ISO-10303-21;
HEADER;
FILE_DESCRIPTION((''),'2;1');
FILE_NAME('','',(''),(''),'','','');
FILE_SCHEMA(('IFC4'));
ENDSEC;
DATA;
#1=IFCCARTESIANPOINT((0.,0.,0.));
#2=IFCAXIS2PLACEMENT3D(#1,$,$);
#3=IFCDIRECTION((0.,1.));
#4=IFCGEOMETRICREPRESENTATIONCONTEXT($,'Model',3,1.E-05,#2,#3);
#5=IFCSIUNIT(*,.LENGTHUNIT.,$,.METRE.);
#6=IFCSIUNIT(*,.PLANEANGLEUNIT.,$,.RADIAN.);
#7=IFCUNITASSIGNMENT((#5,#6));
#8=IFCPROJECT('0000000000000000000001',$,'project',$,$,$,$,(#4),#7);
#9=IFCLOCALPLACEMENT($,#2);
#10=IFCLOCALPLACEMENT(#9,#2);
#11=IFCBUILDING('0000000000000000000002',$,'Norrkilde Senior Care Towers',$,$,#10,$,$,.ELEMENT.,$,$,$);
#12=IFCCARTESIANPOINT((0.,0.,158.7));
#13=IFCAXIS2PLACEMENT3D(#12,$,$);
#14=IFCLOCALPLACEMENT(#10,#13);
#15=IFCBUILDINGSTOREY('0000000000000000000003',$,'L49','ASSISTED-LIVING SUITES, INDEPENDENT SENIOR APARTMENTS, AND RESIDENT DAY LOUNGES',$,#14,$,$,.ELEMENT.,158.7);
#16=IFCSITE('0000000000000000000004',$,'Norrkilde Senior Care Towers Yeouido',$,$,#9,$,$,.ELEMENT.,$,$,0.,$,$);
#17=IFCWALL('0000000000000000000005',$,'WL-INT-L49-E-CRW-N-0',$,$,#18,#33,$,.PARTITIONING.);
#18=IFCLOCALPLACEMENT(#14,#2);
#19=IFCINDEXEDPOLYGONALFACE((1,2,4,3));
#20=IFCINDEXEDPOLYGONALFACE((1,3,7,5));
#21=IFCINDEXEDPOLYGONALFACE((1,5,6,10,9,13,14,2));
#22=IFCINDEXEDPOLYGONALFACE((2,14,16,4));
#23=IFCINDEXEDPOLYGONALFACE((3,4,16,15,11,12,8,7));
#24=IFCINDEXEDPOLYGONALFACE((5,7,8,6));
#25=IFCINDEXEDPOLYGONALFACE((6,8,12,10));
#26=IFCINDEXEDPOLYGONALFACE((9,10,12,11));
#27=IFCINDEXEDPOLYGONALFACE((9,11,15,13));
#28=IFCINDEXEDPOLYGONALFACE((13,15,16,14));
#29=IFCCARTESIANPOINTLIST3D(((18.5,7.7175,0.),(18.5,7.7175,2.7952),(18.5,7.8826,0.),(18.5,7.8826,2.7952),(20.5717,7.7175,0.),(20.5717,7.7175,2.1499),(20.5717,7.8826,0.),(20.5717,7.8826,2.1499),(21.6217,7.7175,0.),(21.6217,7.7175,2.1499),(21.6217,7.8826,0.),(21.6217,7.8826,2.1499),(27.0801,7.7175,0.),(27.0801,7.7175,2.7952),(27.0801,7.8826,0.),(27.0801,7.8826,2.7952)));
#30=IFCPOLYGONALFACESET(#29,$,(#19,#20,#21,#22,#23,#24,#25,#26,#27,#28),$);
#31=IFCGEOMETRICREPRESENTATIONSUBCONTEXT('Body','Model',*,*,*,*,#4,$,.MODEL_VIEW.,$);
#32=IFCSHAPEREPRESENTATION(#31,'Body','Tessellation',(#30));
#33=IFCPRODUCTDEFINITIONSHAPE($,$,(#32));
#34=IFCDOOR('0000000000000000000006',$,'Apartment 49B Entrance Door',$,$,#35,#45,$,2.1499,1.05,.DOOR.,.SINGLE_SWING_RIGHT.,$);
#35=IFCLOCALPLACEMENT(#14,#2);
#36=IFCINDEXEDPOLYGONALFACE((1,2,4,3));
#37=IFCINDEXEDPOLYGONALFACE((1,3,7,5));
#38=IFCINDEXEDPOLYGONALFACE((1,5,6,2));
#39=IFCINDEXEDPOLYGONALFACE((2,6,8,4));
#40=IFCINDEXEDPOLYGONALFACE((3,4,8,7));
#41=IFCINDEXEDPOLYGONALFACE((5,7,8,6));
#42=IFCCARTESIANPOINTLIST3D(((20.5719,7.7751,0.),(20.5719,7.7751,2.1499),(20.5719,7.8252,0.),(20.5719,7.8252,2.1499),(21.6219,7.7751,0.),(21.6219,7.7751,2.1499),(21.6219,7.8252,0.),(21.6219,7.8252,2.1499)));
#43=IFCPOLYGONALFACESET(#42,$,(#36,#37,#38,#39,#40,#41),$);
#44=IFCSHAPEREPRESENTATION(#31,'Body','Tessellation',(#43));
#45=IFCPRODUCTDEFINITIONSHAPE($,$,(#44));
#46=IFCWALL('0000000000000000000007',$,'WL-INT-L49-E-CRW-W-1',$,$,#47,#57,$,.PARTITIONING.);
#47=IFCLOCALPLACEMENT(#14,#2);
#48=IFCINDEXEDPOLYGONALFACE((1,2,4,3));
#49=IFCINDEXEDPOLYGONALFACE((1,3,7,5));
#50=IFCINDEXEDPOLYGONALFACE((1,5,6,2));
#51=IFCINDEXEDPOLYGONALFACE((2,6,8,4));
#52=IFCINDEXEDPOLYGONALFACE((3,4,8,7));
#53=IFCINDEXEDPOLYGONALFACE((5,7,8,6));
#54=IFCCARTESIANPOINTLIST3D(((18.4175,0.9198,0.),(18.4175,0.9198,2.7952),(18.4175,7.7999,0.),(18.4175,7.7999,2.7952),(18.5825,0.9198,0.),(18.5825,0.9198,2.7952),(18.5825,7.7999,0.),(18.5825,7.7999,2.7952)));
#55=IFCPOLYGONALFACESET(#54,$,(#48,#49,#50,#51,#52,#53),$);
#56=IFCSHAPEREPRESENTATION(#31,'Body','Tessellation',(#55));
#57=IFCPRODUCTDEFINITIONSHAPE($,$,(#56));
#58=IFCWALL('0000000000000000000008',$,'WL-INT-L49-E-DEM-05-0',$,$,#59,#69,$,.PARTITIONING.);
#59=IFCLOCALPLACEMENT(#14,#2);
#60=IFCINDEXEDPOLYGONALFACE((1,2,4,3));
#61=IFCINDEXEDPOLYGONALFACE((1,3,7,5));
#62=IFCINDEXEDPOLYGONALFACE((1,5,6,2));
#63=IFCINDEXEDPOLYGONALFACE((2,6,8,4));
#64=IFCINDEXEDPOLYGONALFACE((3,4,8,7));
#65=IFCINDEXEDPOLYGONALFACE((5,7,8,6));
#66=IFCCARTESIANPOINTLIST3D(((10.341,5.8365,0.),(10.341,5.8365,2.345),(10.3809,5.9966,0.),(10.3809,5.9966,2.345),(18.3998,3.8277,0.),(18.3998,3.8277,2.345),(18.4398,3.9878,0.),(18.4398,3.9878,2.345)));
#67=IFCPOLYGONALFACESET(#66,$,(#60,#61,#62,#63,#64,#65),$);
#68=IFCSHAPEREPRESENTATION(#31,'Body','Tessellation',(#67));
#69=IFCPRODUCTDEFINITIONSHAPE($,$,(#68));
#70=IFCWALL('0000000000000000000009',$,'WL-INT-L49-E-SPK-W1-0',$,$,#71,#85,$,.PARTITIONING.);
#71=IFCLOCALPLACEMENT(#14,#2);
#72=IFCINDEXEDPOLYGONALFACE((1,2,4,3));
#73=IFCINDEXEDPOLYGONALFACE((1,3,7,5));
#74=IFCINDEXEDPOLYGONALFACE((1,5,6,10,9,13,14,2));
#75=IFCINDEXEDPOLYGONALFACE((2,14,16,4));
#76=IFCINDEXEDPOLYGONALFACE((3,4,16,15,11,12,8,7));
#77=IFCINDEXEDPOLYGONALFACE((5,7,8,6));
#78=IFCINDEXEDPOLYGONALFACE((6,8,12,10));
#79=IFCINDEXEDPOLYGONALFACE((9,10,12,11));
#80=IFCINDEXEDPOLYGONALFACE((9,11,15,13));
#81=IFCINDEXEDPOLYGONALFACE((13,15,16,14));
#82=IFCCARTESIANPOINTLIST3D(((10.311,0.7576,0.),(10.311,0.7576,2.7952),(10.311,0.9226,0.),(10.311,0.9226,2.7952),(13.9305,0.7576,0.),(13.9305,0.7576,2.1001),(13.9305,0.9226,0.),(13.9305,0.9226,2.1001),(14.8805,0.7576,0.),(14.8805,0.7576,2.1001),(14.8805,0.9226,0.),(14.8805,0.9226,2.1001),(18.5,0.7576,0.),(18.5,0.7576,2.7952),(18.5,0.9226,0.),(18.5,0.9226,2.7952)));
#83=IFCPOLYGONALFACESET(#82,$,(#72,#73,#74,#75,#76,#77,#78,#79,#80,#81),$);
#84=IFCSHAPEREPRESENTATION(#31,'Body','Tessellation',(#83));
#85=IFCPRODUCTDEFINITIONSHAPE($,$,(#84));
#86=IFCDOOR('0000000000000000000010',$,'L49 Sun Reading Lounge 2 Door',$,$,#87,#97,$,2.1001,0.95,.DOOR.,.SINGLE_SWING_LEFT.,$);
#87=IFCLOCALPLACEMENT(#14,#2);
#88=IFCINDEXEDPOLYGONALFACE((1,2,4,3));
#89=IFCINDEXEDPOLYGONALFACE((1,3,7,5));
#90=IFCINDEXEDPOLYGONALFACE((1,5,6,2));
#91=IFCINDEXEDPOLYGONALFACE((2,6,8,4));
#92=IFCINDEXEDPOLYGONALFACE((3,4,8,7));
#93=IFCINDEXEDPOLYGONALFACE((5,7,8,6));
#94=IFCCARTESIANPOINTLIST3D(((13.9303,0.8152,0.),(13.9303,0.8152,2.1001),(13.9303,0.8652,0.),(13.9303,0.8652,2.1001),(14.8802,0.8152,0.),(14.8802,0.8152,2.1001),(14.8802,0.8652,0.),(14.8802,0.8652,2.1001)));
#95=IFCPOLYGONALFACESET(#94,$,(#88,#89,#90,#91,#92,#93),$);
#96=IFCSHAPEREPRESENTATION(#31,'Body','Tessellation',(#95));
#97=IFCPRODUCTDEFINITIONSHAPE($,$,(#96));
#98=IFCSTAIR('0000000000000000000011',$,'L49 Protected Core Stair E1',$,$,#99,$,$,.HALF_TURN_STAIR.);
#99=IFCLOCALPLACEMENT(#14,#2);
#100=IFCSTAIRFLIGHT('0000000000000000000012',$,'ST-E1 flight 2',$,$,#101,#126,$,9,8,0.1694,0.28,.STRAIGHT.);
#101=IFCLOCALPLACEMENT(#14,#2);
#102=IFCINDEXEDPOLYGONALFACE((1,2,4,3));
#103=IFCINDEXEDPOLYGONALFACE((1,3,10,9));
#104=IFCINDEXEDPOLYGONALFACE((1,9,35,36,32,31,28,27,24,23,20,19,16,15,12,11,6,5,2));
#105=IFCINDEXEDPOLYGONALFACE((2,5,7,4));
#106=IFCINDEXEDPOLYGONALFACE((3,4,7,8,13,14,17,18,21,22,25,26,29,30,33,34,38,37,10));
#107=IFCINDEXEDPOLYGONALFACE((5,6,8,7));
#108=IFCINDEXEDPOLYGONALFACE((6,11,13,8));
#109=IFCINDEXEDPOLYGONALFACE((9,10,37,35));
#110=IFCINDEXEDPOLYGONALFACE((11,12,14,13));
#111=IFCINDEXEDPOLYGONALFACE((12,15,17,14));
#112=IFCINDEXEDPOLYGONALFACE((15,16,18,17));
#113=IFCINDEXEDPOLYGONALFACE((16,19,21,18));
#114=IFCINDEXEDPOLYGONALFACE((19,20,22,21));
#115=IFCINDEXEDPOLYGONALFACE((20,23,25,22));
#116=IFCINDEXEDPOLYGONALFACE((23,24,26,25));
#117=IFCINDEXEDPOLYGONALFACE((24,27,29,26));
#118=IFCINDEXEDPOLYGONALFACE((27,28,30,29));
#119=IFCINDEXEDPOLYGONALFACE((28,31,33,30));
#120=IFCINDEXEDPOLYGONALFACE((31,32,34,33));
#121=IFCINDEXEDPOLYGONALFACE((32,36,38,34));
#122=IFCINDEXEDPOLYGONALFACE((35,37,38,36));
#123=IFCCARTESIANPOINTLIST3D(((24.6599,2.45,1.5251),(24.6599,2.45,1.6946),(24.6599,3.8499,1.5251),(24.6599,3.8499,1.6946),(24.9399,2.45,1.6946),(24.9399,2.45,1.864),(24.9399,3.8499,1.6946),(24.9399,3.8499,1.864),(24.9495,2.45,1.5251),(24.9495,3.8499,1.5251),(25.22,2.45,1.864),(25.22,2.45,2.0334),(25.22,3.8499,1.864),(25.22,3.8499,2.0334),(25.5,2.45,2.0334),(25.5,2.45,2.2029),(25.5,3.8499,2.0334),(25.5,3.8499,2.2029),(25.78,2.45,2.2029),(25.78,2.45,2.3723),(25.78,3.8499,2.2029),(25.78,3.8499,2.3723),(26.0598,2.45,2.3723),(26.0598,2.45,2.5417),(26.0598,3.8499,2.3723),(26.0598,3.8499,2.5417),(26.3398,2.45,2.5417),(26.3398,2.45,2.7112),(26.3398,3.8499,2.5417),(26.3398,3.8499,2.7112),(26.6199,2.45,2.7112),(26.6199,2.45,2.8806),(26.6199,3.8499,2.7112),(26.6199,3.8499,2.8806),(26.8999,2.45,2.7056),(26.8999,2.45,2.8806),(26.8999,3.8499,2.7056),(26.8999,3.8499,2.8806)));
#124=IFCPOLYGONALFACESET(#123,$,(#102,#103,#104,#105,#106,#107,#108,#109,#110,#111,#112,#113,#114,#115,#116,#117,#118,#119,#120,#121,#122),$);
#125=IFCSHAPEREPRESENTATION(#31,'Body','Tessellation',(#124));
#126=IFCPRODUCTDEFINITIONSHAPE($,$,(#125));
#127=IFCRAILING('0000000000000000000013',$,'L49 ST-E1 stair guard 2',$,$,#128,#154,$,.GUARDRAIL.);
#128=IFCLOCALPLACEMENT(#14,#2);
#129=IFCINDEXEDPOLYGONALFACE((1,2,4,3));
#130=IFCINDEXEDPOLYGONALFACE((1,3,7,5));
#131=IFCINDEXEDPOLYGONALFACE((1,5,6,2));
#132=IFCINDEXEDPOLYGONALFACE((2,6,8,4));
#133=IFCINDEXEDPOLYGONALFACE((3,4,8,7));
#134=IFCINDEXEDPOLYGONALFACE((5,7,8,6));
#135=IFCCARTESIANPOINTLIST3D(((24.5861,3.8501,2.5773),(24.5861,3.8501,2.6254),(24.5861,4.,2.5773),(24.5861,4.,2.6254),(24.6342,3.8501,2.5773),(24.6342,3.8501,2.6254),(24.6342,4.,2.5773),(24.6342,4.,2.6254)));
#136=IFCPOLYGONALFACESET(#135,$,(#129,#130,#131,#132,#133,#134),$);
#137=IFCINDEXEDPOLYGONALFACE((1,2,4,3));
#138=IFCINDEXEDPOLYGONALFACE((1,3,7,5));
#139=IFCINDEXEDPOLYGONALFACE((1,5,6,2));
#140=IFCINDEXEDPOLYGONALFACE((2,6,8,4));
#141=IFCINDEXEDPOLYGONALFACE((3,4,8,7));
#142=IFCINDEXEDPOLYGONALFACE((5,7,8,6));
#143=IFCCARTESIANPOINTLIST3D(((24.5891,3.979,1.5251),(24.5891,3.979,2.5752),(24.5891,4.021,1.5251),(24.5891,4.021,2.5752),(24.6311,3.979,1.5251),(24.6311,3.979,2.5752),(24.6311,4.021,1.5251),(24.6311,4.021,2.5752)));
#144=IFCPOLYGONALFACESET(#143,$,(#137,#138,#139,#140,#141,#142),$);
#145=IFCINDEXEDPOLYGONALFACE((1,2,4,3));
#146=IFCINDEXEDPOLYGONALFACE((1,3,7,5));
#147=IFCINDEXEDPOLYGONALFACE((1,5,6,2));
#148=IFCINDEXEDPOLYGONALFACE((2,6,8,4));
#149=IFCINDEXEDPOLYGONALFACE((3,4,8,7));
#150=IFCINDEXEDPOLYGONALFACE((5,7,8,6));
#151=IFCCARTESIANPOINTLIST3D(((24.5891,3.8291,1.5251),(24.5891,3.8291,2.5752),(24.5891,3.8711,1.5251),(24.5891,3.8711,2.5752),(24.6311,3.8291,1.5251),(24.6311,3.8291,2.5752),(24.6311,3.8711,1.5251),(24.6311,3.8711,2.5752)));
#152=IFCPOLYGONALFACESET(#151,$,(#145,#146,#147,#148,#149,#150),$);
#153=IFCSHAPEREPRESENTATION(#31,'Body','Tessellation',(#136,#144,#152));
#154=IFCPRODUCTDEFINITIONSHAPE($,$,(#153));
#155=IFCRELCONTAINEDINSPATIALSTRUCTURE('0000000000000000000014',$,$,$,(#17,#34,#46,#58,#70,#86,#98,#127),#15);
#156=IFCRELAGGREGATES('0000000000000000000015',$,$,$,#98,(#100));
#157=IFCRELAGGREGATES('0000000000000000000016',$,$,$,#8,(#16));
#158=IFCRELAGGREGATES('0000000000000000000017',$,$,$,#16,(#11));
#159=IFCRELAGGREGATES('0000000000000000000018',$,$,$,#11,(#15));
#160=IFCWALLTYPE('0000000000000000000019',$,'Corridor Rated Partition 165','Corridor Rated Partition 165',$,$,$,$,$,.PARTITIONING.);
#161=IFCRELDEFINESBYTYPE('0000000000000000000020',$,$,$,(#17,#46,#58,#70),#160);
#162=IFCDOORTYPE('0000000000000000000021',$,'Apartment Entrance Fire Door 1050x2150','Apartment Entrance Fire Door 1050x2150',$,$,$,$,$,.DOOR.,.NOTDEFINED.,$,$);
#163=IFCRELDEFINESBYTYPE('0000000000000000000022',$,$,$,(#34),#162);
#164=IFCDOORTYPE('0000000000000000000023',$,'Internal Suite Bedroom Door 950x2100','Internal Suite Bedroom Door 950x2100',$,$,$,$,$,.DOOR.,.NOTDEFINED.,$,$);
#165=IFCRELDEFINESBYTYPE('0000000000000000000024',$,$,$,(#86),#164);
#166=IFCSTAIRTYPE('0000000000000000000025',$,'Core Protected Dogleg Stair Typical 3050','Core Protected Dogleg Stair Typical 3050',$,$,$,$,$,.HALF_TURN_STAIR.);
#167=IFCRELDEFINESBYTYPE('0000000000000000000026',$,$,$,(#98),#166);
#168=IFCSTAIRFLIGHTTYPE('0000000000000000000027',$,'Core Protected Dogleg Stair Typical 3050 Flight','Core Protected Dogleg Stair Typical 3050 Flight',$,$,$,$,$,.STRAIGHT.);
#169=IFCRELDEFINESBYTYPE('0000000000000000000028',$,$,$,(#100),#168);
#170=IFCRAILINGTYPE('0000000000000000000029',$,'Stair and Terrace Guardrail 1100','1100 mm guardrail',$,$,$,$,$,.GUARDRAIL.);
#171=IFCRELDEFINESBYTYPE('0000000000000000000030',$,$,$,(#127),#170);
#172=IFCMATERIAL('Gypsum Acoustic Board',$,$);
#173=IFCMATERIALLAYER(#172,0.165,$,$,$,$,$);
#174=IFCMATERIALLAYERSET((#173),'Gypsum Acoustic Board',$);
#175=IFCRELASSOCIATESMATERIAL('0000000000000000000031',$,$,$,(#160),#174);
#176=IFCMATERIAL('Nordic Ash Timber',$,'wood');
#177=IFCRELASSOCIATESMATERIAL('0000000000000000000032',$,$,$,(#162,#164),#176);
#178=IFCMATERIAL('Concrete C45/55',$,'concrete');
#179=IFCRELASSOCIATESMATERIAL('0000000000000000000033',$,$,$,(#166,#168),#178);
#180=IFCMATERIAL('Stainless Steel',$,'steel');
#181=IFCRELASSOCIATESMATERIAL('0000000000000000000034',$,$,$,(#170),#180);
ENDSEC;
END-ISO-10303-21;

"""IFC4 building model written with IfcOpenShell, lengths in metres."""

from ifc_helpers import new_model, si_unit, direction, frame, frame_2d, origin, origin_2d, place, context, subcontext, project, spatial, polyline, rectangle, outline, extrude, source, transform, mapped, material, layer, layer_set, type_object, type_shapes, element, fill, aggregate, save


model = new_model("IFC4")

# Units and contexts
model_context = context("Model", 3, precision=1e-05, world=origin(), true_north=direction((0.0, 1.0)))
body_context = subcontext(model_context, "Body", "Model", "MODEL_VIEW")
ifc_project = project(units=[si_unit("LENGTHUNIT", "METRE"), si_unit("PLANEANGLEUNIT", "RADIAN")], contexts=[model_context])

# Site, building, storey
site_placement = place(None, origin())
site = spatial("IfcSite", under=ifc_project, at=site_placement, Name="Norrkilde Senior Care Towers Yeouido", CompositionType="ELEMENT", RefElevation=0.0)
building_placement = place(site_placement, origin())
building = spatial("IfcBuilding", under=site, at=building_placement, Name="Norrkilde Senior Care Towers", CompositionType="ELEMENT")
storey_placement = place(building_placement, frame((0.0, 0.0, 158.7)))
storey = spatial("IfcBuildingStorey", under=building, at=storey_placement, Name="L49", Description="ASSISTED-LIVING SUITES, INDEPENDENT SENIOR APARTMENTS, AND RESIDENT DAY LOUNGES", CompositionType="ELEMENT", Elevation=158.7)

# Shared definitions
ifc_material_1 = material(Name="Concrete C45/55", Category="concrete")

# Wall, opening, door
ifc_material_2 = material(Name="Gypsum Acoustic Board")
ifc_layer_1 = layer(ifc_material_2, 0.165)
ifc_layer_set_1 = layer_set([ifc_layer_1], Name="Gypsum Acoustic Board")
wall_type_1 = type_object("IfcWallType", Name="Corridor Rated Partition 165", Description="Corridor Rated Partition 165", PredefinedType="PARTITIONING", material=ifc_layer_set_1)
shared_shape_1 = source(origin(), body_context, "Body", "SweptSolid", [
    extrude(rectangle(XDim=8.5801, YDim=0.165, at=frame_2d((4.29, 0.0))), origin(), (0.0, 0.0, 1.0), 2.7952),
])
wall_1_placement = place(storey_placement, frame((18.5, 7.8, 0.0), z_axis=(0.0, 0.0, 1.0), x_axis=(1.0, 0.0, 0.0)))
wall_1 = element("IfcWall", 1, at=wall_1_placement, inside=storey, type_object=wall_type_1, Name="WL-INT-L49-E-CRW-N-0", PredefinedType="PARTITIONING", context=body_context, shape_type="MappedRepresentation", body=[
    mapped(shared_shape_1, transform((0.0, 0.0, 0.0), x_axis=(1.0, 0.0, 0.0), y_axis=(0.0, 1.0, 0.0), z_axis=(0.0, 0.0, 1.0), scale=1.0)),
])
opening_1_placement = place(wall_1_placement, frame((2.0718, 0.0, 0.0)))
opening_1 = element("IfcOpeningElement", 2, at=opening_1_placement, cuts=wall_1, PredefinedType="OPENING", context=body_context, shape_type="SweptSolid", body=[
    extrude(rectangle(XDim=1.05, YDim=2.1499, at=frame_2d((0.5249, 1.075))), frame((0.0, 0.0925, 0.0), z_axis=(0.0, -1.0, 0.0), x_axis=(1.0, 0.0, 0.0)), (0.0, 0.0, 1.0), 0.1851),
])
ifc_material_3 = material(Name="Nordic Ash Timber", Category="wood")
door_type_1 = type_object("IfcDoorType", Name="Apartment Entrance Fire Door 1050x2150", Description="Apartment Entrance Fire Door 1050x2150", OperationType="NOTDEFINED", PredefinedType="DOOR", material=ifc_material_3)
shared_shape_2 = source(origin(), body_context, "Body", "SweptSolid", [
    extrude(rectangle(XDim=1.05, YDim=2.1499, at=frame_2d((0.5249, 1.075))), frame((0.0, 0.0249, 0.0), z_axis=(0.0, -1.0, 0.0), x_axis=(1.0, 0.0, 0.0)), (0.0, 0.0, 1.0), 0.05),
])
type_shapes(door_type_1, [shared_shape_2])
door_1_placement = place(opening_1_placement, frame((1.05, 0.0, 0.0), z_axis=(0.0, 0.0, 1.0), x_axis=(-1.0, 0.0, 0.0)))
door_1 = element("IfcDoor", 3, at=door_1_placement, inside=storey, type_object=door_type_1, Name="Apartment 49B Entrance Door", OperationType="SINGLE_SWING_RIGHT", OverallHeight=2.1499, OverallWidth=1.05, PredefinedType="DOOR", context=body_context, shape_type="MappedRepresentation", body=[
    mapped(shared_shape_2, transform((0.0, 0.0, 0.0), x_axis=(1.0, 0.0, 0.0), y_axis=(0.0, 1.0, 0.0), z_axis=(0.0, 0.0, 1.0), scale=1.0)),
])
fill(opening_1, door_1)

# Walls
shared_shape_3 = source(origin(), body_context, "Body", "SweptSolid", [
    extrude(rectangle(XDim=6.8801, YDim=0.165, at=frame_2d((3.4399, 0.0))), origin(), (0.0, 0.0, 1.0), 2.7952),
])
wall_2_placement = place(storey_placement, frame((18.5, 0.9199, 0.0), z_axis=(0.0, 0.0, 1.0), x_axis=(0.0, 1.0, 0.0)))
element("IfcWall", 4, at=wall_2_placement, inside=storey, type_object=wall_type_1, Name="WL-INT-L49-E-CRW-W-1", PredefinedType="PARTITIONING", context=body_context, shape_type="MappedRepresentation", body=[
    mapped(shared_shape_3, transform((0.0, 0.0, 0.0), x_axis=(1.0, 0.0, 0.0), y_axis=(0.0, 1.0, 0.0), z_axis=(0.0, 0.0, 1.0), scale=1.0)),
])
shared_shape_4 = source(origin(), body_context, "Body", "SweptSolid", [
    extrude(rectangle(XDim=8.3054, YDim=0.165, at=frame_2d((4.1528, 0.0))), origin(), (0.0, 0.0, 1.0), 2.345),
])
wall_3_placement = place(storey_placement, frame((18.4199, 3.9077, 0.0), z_axis=(0.0, 0.0, 1.0), x_axis=(-0.97031, 0.241865, 0.0)))
element("IfcWall", 5, at=wall_3_placement, inside=storey, type_object=wall_type_1, Name="WL-INT-L49-E-DEM-05-0", PredefinedType="PARTITIONING", context=body_context, shape_type="MappedRepresentation", body=[
    mapped(shared_shape_4, transform((0.0, 0.0, 0.0), x_axis=(1.0, 0.0, 0.0), y_axis=(0.0, 1.0, 0.0), z_axis=(0.0, 0.0, 1.0), scale=1.0)),
])

# Wall, opening, door
shared_shape_5 = source(origin(), body_context, "Body", "SweptSolid", [
    extrude(rectangle(XDim=8.189, YDim=0.165, at=frame_2d((4.0945, 0.0))), origin(), (0.0, 0.0, 1.0), 2.7952),
])
type_shapes(wall_type_1, [shared_shape_1, shared_shape_3, shared_shape_4, shared_shape_5])
wall_4_placement = place(storey_placement, frame((10.311, 0.8401, 0.0), z_axis=(0.0, 0.0, 1.0), x_axis=(1.0, 0.0, 0.0)))
wall_4 = element("IfcWall", 6, at=wall_4_placement, inside=storey, type_object=wall_type_1, Name="WL-INT-L49-E-SPK-W1-0", PredefinedType="PARTITIONING", context=body_context, shape_type="MappedRepresentation", body=[
    mapped(shared_shape_5, transform((0.0, 0.0, 0.0), x_axis=(1.0, 0.0, 0.0), y_axis=(0.0, 1.0, 0.0), z_axis=(0.0, 0.0, 1.0), scale=1.0)),
])
opening_2_placement = place(wall_4_placement, frame((3.6194, 0.0, 0.0)))
opening_2 = element("IfcOpeningElement", 7, at=opening_2_placement, cuts=wall_4, PredefinedType="OPENING", context=body_context, shape_type="SweptSolid", body=[
    extrude(rectangle(XDim=0.95, YDim=2.1001, at=frame_2d((0.4751, 1.05))), frame((0.0, 0.0925, 0.0), z_axis=(0.0, -1.0, 0.0), x_axis=(1.0, 0.0, 0.0)), (0.0, 0.0, 1.0), 0.1851),
])
door_type_2 = type_object("IfcDoorType", Name="Internal Suite Bedroom Door 950x2100", Description="Internal Suite Bedroom Door 950x2100", OperationType="NOTDEFINED", PredefinedType="DOOR", material=ifc_material_3)
shared_shape_6 = source(origin(), body_context, "Body", "SweptSolid", [
    extrude(rectangle(XDim=0.95, YDim=2.1001, at=frame_2d((0.4751, 1.05))), frame((0.0, 0.0249, 0.0), z_axis=(0.0, -1.0, 0.0), x_axis=(1.0, 0.0, 0.0)), (0.0, 0.0, 1.0), 0.05),
])
type_shapes(door_type_2, [shared_shape_6])
door_2_placement = place(opening_2_placement, frame((0.95, 0.0, 0.0), z_axis=(0.0, 0.0, 1.0), x_axis=(-1.0, 0.0, 0.0)))
door_2 = element("IfcDoor", 8, at=door_2_placement, inside=storey, type_object=door_type_2, Name="L49 Sun Reading Lounge 2 Door", OperationType="SINGLE_SWING_LEFT", OverallHeight=2.1001, OverallWidth=0.95, PredefinedType="DOOR", context=body_context, shape_type="MappedRepresentation", body=[
    mapped(shared_shape_6, transform((0.0, 0.0, 0.0), x_axis=(1.0, 0.0, 0.0), y_axis=(0.0, 1.0, 0.0), z_axis=(0.0, 0.0, 1.0), scale=1.0)),
])
fill(opening_2, door_2)

# Stair, stair flight
stair_type = type_object("IfcStairType", Name="Core Protected Dogleg Stair Typical 3050", Description="Core Protected Dogleg Stair Typical 3050", PredefinedType="HALF_TURN_STAIR", material=ifc_material_1)
stair_placement = place(storey_placement, origin())
stair = element("IfcStair", 9, at=stair_placement, inside=storey, type_object=stair_type, Name="L49 Protected Core Stair E1", PredefinedType="HALF_TURN_STAIR")
stair_flight_type = type_object("IfcStairFlightType", Name="Core Protected Dogleg Stair Typical 3050 Flight", Description="Core Protected Dogleg Stair Typical 3050 Flight", PredefinedType="STRAIGHT", material=ifc_material_1)
stair_flight_placement = place(storey_placement, frame((24.6599, 3.1499, 1.5251), z_axis=(0.0, 0.0, 1.0), x_axis=(1.0, 0.0, 0.0)))
stair_flight = element("IfcStairFlight", 10, at=stair_flight_placement, type_object=stair_flight_type, Name="ST-E1 flight 2", NumberOfRisers=9, NumberOfTreads=8, PredefinedType="STRAIGHT", RiserHeight=0.1694, TreadLength=0.28, context=body_context, shape_type="SweptSolid", body=[
    extrude(outline(polyline([(0.0, 0.0), (0.0, 0.1694), (0.28, 0.1694), (0.28, 0.3389), (0.5601, 0.3389), (0.5601, 0.5083), (0.8401, 0.5083), (0.8401, 0.6777), (1.1201, 0.6777), (1.1201, 0.8472), (1.3999, 0.8472), (1.3999, 1.0166), (1.6799, 1.0166), (1.6799, 1.186), (1.96, 1.186), (1.96, 1.3555), (2.24, 1.3555), (2.24, 1.5249), (2.24, 1.1804), (0.2896, 0.0), (0.0, 0.0)])), frame((0.0, 0.7, 0.0), z_axis=(0.0, -1.0, 0.0), x_axis=(1.0, 0.0, 0.0)), (0.0, 0.0, 1.0), 1.3999),
])
aggregate(stair, [stair_flight])

# Railing
ifc_material_4 = material(Name="Stainless Steel", Category="steel")
railing_type_1 = type_object("IfcRailingType", Name="Stair and Terrace Guardrail 1100", Description="1100 mm guardrail", PredefinedType="GUARDRAIL", material=ifc_material_4)
railing_1_placement = place(storey_placement, frame((24.6101, 4.0, 1.5251)))
element("IfcRailing", 11, at=railing_1_placement, inside=storey, type_object=railing_type_1, Name="L49 ST-E1 stair guard 2", PredefinedType="GUARDRAIL", context=body_context, shape_type="SweptSolid", body=[
    extrude(rectangle(XDim=0.0481, YDim=0.0481, at=origin_2d()), frame((0.0, 0.0, 1.0762), z_axis=(0.0, -1.0, 0.0), x_axis=(1.0, 0.0, 0.0)), (0.0, 0.0, 1.0), 0.1499),
    extrude(rectangle(XDim=0.042, YDim=0.042, at=origin_2d()), origin(), (0.0, 0.0, 1.0), 1.05),
    extrude(rectangle(XDim=0.042, YDim=0.042, at=origin_2d()), frame((0.0, -0.1499, 0.0)), (0.0, 0.0, 1.0), 1.05),
])

save(model, "model.ifc")
